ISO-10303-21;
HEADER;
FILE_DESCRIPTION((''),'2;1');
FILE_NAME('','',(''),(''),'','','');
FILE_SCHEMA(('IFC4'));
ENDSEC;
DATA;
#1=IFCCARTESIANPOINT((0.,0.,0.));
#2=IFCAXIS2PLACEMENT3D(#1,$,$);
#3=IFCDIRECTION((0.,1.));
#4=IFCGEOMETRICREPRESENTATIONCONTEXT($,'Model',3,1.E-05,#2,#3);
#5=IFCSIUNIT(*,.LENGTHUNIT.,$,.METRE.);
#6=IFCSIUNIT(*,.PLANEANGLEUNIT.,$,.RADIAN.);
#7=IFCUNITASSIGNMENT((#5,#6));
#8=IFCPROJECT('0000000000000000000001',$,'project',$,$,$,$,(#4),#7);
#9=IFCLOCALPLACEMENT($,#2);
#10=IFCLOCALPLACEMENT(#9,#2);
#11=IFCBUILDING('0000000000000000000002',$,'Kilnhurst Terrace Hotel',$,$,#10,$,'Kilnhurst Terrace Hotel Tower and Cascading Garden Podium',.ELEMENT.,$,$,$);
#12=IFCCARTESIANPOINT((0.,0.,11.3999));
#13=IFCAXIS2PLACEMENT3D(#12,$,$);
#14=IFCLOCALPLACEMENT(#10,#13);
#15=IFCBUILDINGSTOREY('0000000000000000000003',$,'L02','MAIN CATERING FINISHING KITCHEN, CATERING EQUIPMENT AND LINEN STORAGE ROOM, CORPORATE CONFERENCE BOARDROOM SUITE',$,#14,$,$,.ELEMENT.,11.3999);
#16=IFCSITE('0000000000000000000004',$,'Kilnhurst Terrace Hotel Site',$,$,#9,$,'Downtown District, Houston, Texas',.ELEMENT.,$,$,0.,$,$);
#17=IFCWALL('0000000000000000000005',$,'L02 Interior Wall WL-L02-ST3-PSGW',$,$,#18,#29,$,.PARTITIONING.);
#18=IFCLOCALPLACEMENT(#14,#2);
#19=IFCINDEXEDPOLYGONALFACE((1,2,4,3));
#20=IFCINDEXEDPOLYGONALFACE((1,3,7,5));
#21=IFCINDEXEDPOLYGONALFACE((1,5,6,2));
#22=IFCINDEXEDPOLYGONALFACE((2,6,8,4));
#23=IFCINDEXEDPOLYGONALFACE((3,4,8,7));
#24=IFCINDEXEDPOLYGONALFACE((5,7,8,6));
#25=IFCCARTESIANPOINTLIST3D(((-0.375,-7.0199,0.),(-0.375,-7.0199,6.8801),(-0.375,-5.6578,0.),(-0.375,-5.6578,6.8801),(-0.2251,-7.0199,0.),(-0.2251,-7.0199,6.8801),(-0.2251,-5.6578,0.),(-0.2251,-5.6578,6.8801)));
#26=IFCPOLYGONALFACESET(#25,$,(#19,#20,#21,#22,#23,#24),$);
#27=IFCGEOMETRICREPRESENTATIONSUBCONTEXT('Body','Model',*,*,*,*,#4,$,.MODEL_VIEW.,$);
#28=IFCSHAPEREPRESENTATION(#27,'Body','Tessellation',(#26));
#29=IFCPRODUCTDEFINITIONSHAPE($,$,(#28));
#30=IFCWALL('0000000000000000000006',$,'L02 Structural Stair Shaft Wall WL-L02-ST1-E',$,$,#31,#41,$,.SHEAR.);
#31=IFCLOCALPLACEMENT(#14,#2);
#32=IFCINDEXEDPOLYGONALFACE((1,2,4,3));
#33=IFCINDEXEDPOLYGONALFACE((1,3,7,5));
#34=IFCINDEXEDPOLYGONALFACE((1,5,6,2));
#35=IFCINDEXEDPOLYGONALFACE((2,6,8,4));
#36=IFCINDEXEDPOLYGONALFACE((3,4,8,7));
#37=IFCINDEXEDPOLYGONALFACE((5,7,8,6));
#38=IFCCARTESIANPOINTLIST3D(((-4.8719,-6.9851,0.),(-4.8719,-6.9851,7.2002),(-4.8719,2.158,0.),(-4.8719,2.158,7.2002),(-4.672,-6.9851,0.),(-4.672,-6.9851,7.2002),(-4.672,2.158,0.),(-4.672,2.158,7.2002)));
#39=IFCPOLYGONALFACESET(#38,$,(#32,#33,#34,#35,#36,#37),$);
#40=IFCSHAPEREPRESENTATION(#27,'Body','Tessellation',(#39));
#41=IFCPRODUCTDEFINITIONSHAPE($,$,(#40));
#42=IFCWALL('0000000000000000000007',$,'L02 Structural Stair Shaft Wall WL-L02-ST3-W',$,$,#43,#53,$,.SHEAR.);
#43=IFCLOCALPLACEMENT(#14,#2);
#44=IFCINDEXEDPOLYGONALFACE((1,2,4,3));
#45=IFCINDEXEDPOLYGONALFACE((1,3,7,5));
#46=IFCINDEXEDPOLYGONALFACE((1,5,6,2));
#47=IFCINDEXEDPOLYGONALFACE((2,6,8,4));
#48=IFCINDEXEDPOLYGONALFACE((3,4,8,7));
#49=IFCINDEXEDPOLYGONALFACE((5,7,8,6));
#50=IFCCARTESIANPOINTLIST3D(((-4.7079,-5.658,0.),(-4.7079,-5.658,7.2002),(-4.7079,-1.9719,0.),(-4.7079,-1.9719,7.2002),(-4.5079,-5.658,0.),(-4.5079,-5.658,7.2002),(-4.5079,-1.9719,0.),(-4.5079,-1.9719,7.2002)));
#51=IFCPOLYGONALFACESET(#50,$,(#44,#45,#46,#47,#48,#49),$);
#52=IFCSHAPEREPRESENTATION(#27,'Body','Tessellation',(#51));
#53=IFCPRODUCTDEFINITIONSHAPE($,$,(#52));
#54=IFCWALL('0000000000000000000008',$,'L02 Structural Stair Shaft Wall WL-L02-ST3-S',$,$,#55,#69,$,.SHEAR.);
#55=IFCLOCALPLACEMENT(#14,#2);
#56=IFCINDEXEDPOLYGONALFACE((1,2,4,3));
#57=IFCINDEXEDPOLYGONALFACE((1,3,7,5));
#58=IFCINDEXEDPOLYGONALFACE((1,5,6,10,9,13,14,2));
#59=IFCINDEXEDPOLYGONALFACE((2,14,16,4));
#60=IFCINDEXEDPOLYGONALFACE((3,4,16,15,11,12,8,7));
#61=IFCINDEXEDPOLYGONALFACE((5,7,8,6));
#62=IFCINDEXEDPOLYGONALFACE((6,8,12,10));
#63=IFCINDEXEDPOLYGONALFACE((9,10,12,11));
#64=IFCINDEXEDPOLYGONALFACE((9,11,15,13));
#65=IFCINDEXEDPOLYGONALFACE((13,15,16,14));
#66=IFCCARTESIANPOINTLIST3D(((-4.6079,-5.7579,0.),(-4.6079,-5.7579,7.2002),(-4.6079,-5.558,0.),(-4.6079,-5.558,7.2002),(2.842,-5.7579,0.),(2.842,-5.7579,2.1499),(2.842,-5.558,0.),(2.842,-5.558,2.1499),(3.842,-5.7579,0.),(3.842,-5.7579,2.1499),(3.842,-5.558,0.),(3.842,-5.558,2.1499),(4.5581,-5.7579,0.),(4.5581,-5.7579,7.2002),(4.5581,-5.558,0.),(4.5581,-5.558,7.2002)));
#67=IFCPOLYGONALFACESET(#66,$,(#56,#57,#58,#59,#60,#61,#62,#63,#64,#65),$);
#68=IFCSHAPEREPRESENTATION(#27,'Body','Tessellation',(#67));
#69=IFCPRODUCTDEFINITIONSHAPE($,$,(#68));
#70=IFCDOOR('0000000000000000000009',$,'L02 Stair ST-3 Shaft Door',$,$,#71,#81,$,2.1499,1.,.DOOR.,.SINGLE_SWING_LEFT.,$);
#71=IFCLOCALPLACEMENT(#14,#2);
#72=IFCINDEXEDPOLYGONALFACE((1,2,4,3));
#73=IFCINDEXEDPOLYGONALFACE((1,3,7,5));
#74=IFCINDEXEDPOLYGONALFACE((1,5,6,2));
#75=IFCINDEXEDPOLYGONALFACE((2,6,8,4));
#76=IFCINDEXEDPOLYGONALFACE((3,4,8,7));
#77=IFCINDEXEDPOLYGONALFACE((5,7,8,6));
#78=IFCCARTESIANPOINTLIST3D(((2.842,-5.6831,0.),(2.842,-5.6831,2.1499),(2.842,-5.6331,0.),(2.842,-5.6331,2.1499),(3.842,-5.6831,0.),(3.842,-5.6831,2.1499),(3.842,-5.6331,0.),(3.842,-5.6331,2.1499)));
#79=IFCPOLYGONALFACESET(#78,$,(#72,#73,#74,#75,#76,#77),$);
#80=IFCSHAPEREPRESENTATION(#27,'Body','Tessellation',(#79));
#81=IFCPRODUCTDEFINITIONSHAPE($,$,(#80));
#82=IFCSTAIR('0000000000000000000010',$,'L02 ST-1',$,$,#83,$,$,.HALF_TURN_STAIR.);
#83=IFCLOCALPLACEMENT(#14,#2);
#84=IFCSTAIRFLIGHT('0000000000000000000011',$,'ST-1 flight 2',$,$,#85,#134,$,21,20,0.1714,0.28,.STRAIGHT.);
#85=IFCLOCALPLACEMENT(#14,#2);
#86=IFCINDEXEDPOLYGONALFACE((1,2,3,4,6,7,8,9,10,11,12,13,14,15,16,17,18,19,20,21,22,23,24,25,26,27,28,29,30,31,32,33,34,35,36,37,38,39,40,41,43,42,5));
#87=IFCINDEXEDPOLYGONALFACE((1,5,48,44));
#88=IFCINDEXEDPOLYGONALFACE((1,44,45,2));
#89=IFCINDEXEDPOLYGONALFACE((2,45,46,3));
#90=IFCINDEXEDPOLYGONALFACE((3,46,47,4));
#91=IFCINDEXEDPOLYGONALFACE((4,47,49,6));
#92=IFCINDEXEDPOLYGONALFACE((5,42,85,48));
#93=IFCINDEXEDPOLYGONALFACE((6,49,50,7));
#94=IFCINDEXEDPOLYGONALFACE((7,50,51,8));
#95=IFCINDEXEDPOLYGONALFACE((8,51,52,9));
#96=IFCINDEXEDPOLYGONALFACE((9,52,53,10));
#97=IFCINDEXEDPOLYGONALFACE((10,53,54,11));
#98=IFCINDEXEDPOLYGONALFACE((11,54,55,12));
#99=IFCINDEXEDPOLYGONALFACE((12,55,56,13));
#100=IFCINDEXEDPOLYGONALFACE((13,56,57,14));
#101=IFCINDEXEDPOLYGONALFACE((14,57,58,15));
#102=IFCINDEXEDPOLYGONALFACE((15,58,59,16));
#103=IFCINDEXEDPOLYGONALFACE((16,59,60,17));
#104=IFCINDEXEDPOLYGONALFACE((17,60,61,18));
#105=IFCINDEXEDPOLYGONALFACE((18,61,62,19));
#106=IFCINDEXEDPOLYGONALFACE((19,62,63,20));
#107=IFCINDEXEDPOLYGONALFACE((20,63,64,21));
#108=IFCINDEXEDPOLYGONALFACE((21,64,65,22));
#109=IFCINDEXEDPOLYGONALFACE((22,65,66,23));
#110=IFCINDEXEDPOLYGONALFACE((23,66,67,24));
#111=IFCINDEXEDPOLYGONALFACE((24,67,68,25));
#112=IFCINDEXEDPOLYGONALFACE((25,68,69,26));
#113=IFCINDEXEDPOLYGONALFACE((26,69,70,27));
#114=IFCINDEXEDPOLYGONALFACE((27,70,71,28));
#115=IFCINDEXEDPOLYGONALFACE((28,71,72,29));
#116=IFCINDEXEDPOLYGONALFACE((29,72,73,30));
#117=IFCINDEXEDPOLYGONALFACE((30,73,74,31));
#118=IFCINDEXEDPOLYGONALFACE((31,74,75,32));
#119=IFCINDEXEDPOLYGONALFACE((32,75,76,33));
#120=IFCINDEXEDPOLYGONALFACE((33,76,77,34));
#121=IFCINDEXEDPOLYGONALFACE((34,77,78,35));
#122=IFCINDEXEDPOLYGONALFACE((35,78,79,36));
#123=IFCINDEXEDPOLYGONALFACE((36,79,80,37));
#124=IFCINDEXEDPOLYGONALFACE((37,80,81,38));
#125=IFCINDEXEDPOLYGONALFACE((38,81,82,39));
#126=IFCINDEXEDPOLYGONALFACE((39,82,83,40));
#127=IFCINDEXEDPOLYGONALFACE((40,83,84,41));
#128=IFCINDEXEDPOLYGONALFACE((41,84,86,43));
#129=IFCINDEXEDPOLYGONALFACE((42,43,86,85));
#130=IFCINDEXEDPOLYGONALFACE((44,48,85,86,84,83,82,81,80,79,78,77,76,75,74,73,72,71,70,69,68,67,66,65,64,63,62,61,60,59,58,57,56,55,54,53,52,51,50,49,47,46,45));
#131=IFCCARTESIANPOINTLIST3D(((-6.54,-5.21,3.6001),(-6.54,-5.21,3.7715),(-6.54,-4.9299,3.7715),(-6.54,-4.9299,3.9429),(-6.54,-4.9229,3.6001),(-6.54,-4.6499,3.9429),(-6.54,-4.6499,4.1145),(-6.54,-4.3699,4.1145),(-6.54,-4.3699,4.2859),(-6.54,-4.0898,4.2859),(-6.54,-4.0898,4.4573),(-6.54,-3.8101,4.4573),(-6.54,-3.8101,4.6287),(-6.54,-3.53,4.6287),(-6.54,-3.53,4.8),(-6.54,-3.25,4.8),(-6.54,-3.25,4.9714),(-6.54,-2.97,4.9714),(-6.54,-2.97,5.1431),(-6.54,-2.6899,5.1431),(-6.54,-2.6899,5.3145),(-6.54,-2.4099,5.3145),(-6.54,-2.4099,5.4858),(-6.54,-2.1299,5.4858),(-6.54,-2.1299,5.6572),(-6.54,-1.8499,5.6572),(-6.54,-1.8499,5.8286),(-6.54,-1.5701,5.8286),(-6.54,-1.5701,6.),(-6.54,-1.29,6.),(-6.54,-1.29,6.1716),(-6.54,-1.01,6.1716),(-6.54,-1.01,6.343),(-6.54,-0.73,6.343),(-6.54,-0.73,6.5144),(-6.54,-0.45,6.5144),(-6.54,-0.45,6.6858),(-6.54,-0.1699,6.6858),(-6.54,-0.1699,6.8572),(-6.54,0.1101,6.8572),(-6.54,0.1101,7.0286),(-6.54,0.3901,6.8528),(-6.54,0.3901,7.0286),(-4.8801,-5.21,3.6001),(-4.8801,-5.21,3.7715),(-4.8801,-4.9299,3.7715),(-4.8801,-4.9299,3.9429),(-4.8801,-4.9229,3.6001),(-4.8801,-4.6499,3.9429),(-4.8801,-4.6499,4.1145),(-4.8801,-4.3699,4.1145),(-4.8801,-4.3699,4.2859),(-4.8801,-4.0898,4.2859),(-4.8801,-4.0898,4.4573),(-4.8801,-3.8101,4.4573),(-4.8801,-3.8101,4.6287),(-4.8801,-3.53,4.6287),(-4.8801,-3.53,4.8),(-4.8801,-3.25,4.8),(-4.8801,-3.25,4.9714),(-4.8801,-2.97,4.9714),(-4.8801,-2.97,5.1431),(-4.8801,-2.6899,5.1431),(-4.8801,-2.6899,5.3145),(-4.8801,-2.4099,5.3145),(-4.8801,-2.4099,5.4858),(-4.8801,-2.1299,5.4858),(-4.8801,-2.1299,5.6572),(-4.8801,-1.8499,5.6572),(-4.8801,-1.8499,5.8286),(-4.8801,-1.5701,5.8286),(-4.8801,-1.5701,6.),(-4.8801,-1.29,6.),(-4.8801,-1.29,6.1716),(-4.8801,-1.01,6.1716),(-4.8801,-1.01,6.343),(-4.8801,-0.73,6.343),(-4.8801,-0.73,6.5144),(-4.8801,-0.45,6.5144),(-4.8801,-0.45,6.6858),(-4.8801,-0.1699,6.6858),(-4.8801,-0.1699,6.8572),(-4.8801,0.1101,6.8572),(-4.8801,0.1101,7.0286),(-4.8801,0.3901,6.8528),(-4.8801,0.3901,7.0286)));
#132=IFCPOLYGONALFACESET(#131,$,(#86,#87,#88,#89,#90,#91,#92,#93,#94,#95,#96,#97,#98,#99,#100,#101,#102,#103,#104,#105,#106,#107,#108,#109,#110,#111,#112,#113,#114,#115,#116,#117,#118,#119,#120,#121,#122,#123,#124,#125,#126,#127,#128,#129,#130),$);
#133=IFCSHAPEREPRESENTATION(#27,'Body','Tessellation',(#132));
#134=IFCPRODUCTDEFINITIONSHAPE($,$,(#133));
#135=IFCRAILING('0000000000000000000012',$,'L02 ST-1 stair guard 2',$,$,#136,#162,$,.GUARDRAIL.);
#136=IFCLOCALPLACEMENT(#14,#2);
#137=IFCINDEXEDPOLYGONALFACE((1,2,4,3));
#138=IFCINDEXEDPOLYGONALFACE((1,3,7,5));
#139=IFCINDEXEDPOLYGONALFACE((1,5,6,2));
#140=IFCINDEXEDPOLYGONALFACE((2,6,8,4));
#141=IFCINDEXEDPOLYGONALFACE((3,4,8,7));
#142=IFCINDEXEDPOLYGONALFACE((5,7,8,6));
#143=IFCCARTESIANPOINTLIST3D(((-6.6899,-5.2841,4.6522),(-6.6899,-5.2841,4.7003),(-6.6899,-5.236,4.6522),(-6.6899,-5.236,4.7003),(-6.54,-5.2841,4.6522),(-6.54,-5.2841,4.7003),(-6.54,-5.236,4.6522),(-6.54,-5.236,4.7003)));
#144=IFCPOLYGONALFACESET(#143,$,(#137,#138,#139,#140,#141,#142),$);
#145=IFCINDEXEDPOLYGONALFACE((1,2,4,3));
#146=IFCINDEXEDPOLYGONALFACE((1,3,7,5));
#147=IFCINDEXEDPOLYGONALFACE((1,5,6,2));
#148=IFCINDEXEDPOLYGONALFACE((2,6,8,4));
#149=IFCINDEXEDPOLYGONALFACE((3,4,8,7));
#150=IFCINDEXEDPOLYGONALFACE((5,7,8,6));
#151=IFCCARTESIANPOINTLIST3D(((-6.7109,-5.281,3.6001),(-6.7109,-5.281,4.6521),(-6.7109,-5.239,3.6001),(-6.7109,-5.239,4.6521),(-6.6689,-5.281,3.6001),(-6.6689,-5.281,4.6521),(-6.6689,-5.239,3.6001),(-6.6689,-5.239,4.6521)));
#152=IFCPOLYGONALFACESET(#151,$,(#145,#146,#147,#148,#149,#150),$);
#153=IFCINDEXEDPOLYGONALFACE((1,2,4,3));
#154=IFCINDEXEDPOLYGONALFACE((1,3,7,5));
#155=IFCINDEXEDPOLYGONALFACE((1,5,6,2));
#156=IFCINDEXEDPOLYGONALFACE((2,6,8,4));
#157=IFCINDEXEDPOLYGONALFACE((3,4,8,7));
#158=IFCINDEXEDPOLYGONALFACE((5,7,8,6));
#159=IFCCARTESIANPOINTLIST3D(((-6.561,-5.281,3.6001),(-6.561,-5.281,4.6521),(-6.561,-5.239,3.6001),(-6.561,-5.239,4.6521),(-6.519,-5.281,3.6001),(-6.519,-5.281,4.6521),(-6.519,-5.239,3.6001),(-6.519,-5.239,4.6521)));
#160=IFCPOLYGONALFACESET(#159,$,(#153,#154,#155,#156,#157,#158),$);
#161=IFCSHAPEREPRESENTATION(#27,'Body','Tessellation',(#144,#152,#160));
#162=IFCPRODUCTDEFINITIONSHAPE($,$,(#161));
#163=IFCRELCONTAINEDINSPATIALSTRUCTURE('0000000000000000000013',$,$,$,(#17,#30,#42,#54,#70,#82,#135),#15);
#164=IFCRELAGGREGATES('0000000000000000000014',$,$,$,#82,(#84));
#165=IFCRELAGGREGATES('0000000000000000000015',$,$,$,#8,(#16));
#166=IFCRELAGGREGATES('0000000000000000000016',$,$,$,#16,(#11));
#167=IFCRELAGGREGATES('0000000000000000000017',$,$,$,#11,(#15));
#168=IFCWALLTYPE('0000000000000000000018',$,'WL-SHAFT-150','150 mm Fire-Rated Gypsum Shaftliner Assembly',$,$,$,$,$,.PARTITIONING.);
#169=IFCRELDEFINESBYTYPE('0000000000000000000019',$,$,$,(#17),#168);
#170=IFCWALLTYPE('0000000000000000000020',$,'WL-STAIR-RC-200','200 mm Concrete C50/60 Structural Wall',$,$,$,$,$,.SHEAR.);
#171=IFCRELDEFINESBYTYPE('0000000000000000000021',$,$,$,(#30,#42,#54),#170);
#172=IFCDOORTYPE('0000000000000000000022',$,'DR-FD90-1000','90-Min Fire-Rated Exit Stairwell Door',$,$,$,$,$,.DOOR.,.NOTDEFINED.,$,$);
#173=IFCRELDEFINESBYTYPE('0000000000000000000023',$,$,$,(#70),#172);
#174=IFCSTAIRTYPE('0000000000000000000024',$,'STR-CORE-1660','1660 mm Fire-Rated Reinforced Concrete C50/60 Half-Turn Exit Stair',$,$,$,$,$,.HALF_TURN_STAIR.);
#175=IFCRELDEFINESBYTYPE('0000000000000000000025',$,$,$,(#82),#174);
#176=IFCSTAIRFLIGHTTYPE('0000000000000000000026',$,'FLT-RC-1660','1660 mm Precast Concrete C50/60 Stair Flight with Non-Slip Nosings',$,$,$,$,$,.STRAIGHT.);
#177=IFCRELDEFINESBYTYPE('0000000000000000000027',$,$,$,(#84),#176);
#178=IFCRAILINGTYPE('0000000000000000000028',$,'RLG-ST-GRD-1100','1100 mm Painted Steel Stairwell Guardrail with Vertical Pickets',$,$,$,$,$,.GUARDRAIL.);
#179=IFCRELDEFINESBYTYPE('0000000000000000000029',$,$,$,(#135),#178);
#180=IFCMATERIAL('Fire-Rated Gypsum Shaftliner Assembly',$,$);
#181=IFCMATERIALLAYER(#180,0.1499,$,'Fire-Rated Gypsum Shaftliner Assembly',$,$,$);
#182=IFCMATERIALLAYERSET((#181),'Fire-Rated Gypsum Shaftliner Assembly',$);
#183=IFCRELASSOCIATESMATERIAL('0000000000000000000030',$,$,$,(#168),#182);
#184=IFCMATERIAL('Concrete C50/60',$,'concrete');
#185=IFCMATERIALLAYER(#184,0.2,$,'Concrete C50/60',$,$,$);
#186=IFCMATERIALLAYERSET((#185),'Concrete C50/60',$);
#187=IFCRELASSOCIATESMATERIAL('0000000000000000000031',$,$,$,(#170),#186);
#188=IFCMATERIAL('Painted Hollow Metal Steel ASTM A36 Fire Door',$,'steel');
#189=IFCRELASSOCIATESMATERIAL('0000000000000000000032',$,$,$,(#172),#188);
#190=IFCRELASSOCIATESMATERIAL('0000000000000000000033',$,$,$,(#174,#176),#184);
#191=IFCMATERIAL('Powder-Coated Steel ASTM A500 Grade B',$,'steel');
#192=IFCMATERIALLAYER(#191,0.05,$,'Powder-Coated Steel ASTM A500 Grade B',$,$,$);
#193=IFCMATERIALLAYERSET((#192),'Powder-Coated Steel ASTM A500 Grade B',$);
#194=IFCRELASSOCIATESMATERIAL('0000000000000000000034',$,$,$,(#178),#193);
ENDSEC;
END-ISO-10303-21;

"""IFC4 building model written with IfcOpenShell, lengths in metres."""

from ifc_helpers import new_model, si_unit, direction, frame, frame_2d, origin, origin_2d, place, context, subcontext, project, spatial, polyline, rectangle, outline, extrude, material, layer, layer_set, type_object, element, fill, aggregate, save


model = new_model("IFC4")

# Units and contexts
model_context = context("Model", 3, precision=1e-05, world=origin(), true_north=direction((0.0, 1.0)))
body_context = subcontext(model_context, "Body", "Model", "MODEL_VIEW")
ifc_project = project(units=[si_unit("LENGTHUNIT", "METRE"), si_unit("PLANEANGLEUNIT", "RADIAN")], contexts=[model_context])

# Site, building, storey
site_placement = place(None, origin())
site = spatial("IfcSite", under=ifc_project, at=site_placement, Name="Kilnhurst Terrace Hotel Site", LongName="Downtown District, Houston, Texas", CompositionType="ELEMENT", RefElevation=0.0)
building_placement = place(site_placement, origin())
building = spatial("IfcBuilding", under=site, at=building_placement, Name="Kilnhurst Terrace Hotel", LongName="Kilnhurst Terrace Hotel Tower and Cascading Garden Podium", CompositionType="ELEMENT")
storey_placement = place(building_placement, frame((0.0, 0.0, 11.3999)))
storey = spatial("IfcBuildingStorey", under=building, at=storey_placement, Name="L02", Description="MAIN CATERING FINISHING KITCHEN, CATERING EQUIPMENT AND LINEN STORAGE ROOM, CORPORATE CONFERENCE BOARDROOM SUITE", CompositionType="ELEMENT", Elevation=11.3999)

# Shared definitions
ifc_material_1 = material(Name="Concrete C50/60", Category="concrete")

# Walls
ifc_material_2 = material(Name="Fire-Rated Gypsum Shaftliner Assembly")
ifc_layer_1 = layer(ifc_material_2, 0.1499, Name="Fire-Rated Gypsum Shaftliner Assembly")
ifc_layer_set_1 = layer_set([ifc_layer_1], Name="Fire-Rated Gypsum Shaftliner Assembly")
wall_type_1 = type_object("IfcWallType", Name="WL-SHAFT-150", Description="150 mm Fire-Rated Gypsum Shaftliner Assembly", PredefinedType="PARTITIONING", material=ifc_layer_set_1)
wall_1_placement = place(storey_placement, frame((-0.3, -7.02, 0.0), z_axis=(0.0, 0.0, 1.0), x_axis=(0.0, 1.0, 0.0)))
element("IfcWall", 1, at=wall_1_placement, inside=storey, type_object=wall_type_1, Name="L02 Interior Wall WL-L02-ST3-PSGW", PredefinedType="PARTITIONING", context=body_context, shape_type="SweptSolid", body=[
    extrude(rectangle(XDim=1.3621, YDim=0.1499, at=frame_2d((0.6812, 0.0))), origin(), (0.0, 0.0, 1.0), 6.8801),
])
ifc_layer_2 = layer(ifc_material_1, 0.2, Name="Concrete C50/60")
ifc_layer_set_2 = layer_set([ifc_layer_2], Name="Concrete C50/60")
wall_type_2 = type_object("IfcWallType", Name="WL-STAIR-RC-200", Description="200 mm Concrete C50/60 Structural Wall", PredefinedType="SHEAR", material=ifc_layer_set_2)
wall_2_placement = place(storey_placement, frame((-4.772, -6.9851, 0.0), z_axis=(0.0, 0.0, 1.0), x_axis=(0.0, 1.0, 0.0)))
element("IfcWall", 2, at=wall_2_placement, inside=storey, type_object=wall_type_2, Name="L02 Structural Stair Shaft Wall WL-L02-ST1-E", PredefinedType="SHEAR", context=body_context, shape_type="SweptSolid", body=[
    extrude(rectangle(XDim=9.1431, YDim=0.2, at=frame_2d((4.5715, 0.0))), origin(), (0.0, 0.0, 1.0), 7.2002),
])
wall_3_placement = place(storey_placement, frame((-4.6079, -5.658, 0.0), z_axis=(0.0, 0.0, 1.0), x_axis=(0.0, 1.0, 0.0)))
element("IfcWall", 3, at=wall_3_placement, inside=storey, type_object=wall_type_2, Name="L02 Structural Stair Shaft Wall WL-L02-ST3-W", PredefinedType="SHEAR", context=body_context, shape_type="SweptSolid", body=[
    extrude(rectangle(XDim=3.686, YDim=0.2, at=frame_2d((1.843, 0.0))), origin(), (0.0, 0.0, 1.0), 7.2002),
])

# Wall, opening, door
wall_4_placement = place(storey_placement, frame((-4.6079, -5.658, 0.0), z_axis=(0.0, 0.0, 1.0), x_axis=(1.0, 0.0, 0.0)))
wall_4 = element("IfcWall", 4, at=wall_4_placement, inside=storey, type_object=wall_type_2, Name="L02 Structural Stair Shaft Wall WL-L02-ST3-S", PredefinedType="SHEAR", context=body_context, shape_type="SweptSolid", body=[
    extrude(rectangle(XDim=9.166, YDim=0.2, at=frame_2d((4.583, 0.0))), origin(), (0.0, 0.0, 1.0), 7.2002),
])
opening_placement = place(wall_4_placement, frame((7.45, 0.0, 0.0)))
opening = element("IfcOpeningElement", 5, at=opening_placement, cuts=wall_4, PredefinedType="OPENING", context=body_context, shape_type="SweptSolid", body=[
    extrude(rectangle(XDim=1.0, YDim=2.1499, at=frame_2d((0.5, 1.075))), frame((0.0, 0.1099, 0.0), z_axis=(0.0, -1.0, 0.0), x_axis=(1.0, 0.0, 0.0)), (0.0, 0.0, 1.0), 0.22),
])
ifc_material_3 = material(Name="Painted Hollow Metal Steel ASTM A36 Fire Door", Category="steel")
door_type = type_object("IfcDoorType", Name="DR-FD90-1000", Description="90-Min Fire-Rated Exit Stairwell Door", OperationType="NOTDEFINED", PredefinedType="DOOR", material=ifc_material_3)
door_placement = place(opening_placement, origin())
door = element("IfcDoor", 6, at=door_placement, inside=storey, type_object=door_type, Name="L02 Stair ST-3 Shaft Door", OperationType="SINGLE_SWING_LEFT", OverallHeight=2.1499, OverallWidth=1.0, PredefinedType="DOOR", context=body_context, shape_type="SweptSolid", body=[
    extrude(rectangle(XDim=1.0, YDim=2.1499, at=frame_2d((0.5, 1.075))), frame((0.0, 0.0249, 0.0), z_axis=(0.0, -1.0, 0.0), x_axis=(1.0, 0.0, 0.0)), (0.0, 0.0, 1.0), 0.05),
])
fill(opening, door)

# Stair, stair flight
stair_type = type_object("IfcStairType", Name="STR-CORE-1660", Description="1660 mm Fire-Rated Reinforced Concrete C50/60 Half-Turn Exit Stair", PredefinedType="HALF_TURN_STAIR", material=ifc_material_1)
stair_placement = place(storey_placement, origin())
stair = element("IfcStair", 7, at=stair_placement, inside=storey, type_object=stair_type, Name="L02 ST-1", PredefinedType="HALF_TURN_STAIR")
stair_flight_type = type_object("IfcStairFlightType", Name="FLT-RC-1660", Description="1660 mm Precast Concrete C50/60 Stair Flight with Non-Slip Nosings", PredefinedType="STRAIGHT", material=ifc_material_1)
stair_flight_placement = place(storey_placement, frame((-5.71, -5.21, 3.6001), z_axis=(0.0, 0.0, 1.0), x_axis=(0.0, 1.0, 0.0)))
stair_flight = element("IfcStairFlight", 8, at=stair_flight_placement, type_object=stair_flight_type, Name="ST-1 flight 2", NumberOfRisers=21, NumberOfTreads=20, PredefinedType="STRAIGHT", RiserHeight=0.1714, TreadLength=0.28, context=body_context, shape_type="SweptSolid", body=[
    extrude(outline(polyline([(0.0, 0.0), (0.0, 0.1714), (0.28, 0.1714), (0.28, 0.3428), (0.5601, 0.3428), (0.5601, 0.5144), (0.8401, 0.5144), (0.8401, 0.6858), (1.1201, 0.6858), (1.1201, 0.8572), (1.3999, 0.8572), (1.3999, 1.0286), (1.6799, 1.0286), (1.6799, 1.2), (1.96, 1.2), (1.96, 1.3713), (2.24, 1.3713), (2.24, 1.543), (2.52, 1.543), (2.52, 1.7144), (2.8, 1.7144), (2.8, 1.8857), (3.0801, 1.8857), (3.0801, 2.0571), (3.3601, 2.0571), (3.3601, 2.2285), (3.6399, 2.2285), (3.6399, 2.3999), (3.9199, 2.3999), (3.9199, 2.5715), (4.2, 2.5715), (4.2, 2.7429), (4.48, 2.7429), (4.48, 2.9143), (4.76, 2.9143), (4.76, 3.0857), (5.04, 3.0857), (5.04, 3.2571), (5.3201, 3.2571), (5.3201, 3.4285), (5.6001, 3.4285), (5.6001, 3.6001), (5.6001, 3.2527), (0.2871, 0.0), (0.0, 0.0)])), frame((0.0, 0.8301, 0.0), z_axis=(0.0, -1.0, 0.0), x_axis=(1.0, 0.0, 0.0)), (0.0, 0.0, 1.0), 1.6599),
])
aggregate(stair, [stair_flight])

# Railing
ifc_material_4 = material(Name="Powder-Coated Steel ASTM A500 Grade B", Category="steel")
ifc_layer_3 = layer(ifc_material_4, 0.05, Name="Powder-Coated Steel ASTM A500 Grade B")
ifc_layer_set_3 = layer_set([ifc_layer_3], Name="Powder-Coated Steel ASTM A500 Grade B")
railing_type_1 = type_object("IfcRailingType", Name="RLG-ST-GRD-1100", Description="1100 mm Painted Steel Stairwell Guardrail with Vertical Pickets", PredefinedType="GUARDRAIL", material=ifc_layer_set_3)
railing_1_placement = place(storey_placement, frame((-6.6899, -5.26, 3.6001)))
element("IfcRailing", 9, at=railing_1_placement, inside=storey, type_object=railing_type_1, Name="L02 ST-1 stair guard 2", PredefinedType="GUARDRAIL", context=body_context, shape_type="SweptSolid", body=[
    extrude(rectangle(XDim=0.0481, YDim=0.0481, at=origin_2d()), frame((0.0, 0.0, 1.0762), z_axis=(1.0, 0.0, 0.0), x_axis=(0.0, 1.0, 0.0)), (0.0, 0.0, 1.0), 0.1499),
    extrude(rectangle(XDim=0.042, YDim=0.042, at=origin_2d()), origin(), (0.0, 0.0, 1.0), 1.052),
    extrude(rectangle(XDim=0.042, YDim=0.042, at=origin_2d()), frame((0.1499, 0.0, 0.0)), (0.0, 0.0, 1.0), 1.052),
])

save(model, "model.ifc")
